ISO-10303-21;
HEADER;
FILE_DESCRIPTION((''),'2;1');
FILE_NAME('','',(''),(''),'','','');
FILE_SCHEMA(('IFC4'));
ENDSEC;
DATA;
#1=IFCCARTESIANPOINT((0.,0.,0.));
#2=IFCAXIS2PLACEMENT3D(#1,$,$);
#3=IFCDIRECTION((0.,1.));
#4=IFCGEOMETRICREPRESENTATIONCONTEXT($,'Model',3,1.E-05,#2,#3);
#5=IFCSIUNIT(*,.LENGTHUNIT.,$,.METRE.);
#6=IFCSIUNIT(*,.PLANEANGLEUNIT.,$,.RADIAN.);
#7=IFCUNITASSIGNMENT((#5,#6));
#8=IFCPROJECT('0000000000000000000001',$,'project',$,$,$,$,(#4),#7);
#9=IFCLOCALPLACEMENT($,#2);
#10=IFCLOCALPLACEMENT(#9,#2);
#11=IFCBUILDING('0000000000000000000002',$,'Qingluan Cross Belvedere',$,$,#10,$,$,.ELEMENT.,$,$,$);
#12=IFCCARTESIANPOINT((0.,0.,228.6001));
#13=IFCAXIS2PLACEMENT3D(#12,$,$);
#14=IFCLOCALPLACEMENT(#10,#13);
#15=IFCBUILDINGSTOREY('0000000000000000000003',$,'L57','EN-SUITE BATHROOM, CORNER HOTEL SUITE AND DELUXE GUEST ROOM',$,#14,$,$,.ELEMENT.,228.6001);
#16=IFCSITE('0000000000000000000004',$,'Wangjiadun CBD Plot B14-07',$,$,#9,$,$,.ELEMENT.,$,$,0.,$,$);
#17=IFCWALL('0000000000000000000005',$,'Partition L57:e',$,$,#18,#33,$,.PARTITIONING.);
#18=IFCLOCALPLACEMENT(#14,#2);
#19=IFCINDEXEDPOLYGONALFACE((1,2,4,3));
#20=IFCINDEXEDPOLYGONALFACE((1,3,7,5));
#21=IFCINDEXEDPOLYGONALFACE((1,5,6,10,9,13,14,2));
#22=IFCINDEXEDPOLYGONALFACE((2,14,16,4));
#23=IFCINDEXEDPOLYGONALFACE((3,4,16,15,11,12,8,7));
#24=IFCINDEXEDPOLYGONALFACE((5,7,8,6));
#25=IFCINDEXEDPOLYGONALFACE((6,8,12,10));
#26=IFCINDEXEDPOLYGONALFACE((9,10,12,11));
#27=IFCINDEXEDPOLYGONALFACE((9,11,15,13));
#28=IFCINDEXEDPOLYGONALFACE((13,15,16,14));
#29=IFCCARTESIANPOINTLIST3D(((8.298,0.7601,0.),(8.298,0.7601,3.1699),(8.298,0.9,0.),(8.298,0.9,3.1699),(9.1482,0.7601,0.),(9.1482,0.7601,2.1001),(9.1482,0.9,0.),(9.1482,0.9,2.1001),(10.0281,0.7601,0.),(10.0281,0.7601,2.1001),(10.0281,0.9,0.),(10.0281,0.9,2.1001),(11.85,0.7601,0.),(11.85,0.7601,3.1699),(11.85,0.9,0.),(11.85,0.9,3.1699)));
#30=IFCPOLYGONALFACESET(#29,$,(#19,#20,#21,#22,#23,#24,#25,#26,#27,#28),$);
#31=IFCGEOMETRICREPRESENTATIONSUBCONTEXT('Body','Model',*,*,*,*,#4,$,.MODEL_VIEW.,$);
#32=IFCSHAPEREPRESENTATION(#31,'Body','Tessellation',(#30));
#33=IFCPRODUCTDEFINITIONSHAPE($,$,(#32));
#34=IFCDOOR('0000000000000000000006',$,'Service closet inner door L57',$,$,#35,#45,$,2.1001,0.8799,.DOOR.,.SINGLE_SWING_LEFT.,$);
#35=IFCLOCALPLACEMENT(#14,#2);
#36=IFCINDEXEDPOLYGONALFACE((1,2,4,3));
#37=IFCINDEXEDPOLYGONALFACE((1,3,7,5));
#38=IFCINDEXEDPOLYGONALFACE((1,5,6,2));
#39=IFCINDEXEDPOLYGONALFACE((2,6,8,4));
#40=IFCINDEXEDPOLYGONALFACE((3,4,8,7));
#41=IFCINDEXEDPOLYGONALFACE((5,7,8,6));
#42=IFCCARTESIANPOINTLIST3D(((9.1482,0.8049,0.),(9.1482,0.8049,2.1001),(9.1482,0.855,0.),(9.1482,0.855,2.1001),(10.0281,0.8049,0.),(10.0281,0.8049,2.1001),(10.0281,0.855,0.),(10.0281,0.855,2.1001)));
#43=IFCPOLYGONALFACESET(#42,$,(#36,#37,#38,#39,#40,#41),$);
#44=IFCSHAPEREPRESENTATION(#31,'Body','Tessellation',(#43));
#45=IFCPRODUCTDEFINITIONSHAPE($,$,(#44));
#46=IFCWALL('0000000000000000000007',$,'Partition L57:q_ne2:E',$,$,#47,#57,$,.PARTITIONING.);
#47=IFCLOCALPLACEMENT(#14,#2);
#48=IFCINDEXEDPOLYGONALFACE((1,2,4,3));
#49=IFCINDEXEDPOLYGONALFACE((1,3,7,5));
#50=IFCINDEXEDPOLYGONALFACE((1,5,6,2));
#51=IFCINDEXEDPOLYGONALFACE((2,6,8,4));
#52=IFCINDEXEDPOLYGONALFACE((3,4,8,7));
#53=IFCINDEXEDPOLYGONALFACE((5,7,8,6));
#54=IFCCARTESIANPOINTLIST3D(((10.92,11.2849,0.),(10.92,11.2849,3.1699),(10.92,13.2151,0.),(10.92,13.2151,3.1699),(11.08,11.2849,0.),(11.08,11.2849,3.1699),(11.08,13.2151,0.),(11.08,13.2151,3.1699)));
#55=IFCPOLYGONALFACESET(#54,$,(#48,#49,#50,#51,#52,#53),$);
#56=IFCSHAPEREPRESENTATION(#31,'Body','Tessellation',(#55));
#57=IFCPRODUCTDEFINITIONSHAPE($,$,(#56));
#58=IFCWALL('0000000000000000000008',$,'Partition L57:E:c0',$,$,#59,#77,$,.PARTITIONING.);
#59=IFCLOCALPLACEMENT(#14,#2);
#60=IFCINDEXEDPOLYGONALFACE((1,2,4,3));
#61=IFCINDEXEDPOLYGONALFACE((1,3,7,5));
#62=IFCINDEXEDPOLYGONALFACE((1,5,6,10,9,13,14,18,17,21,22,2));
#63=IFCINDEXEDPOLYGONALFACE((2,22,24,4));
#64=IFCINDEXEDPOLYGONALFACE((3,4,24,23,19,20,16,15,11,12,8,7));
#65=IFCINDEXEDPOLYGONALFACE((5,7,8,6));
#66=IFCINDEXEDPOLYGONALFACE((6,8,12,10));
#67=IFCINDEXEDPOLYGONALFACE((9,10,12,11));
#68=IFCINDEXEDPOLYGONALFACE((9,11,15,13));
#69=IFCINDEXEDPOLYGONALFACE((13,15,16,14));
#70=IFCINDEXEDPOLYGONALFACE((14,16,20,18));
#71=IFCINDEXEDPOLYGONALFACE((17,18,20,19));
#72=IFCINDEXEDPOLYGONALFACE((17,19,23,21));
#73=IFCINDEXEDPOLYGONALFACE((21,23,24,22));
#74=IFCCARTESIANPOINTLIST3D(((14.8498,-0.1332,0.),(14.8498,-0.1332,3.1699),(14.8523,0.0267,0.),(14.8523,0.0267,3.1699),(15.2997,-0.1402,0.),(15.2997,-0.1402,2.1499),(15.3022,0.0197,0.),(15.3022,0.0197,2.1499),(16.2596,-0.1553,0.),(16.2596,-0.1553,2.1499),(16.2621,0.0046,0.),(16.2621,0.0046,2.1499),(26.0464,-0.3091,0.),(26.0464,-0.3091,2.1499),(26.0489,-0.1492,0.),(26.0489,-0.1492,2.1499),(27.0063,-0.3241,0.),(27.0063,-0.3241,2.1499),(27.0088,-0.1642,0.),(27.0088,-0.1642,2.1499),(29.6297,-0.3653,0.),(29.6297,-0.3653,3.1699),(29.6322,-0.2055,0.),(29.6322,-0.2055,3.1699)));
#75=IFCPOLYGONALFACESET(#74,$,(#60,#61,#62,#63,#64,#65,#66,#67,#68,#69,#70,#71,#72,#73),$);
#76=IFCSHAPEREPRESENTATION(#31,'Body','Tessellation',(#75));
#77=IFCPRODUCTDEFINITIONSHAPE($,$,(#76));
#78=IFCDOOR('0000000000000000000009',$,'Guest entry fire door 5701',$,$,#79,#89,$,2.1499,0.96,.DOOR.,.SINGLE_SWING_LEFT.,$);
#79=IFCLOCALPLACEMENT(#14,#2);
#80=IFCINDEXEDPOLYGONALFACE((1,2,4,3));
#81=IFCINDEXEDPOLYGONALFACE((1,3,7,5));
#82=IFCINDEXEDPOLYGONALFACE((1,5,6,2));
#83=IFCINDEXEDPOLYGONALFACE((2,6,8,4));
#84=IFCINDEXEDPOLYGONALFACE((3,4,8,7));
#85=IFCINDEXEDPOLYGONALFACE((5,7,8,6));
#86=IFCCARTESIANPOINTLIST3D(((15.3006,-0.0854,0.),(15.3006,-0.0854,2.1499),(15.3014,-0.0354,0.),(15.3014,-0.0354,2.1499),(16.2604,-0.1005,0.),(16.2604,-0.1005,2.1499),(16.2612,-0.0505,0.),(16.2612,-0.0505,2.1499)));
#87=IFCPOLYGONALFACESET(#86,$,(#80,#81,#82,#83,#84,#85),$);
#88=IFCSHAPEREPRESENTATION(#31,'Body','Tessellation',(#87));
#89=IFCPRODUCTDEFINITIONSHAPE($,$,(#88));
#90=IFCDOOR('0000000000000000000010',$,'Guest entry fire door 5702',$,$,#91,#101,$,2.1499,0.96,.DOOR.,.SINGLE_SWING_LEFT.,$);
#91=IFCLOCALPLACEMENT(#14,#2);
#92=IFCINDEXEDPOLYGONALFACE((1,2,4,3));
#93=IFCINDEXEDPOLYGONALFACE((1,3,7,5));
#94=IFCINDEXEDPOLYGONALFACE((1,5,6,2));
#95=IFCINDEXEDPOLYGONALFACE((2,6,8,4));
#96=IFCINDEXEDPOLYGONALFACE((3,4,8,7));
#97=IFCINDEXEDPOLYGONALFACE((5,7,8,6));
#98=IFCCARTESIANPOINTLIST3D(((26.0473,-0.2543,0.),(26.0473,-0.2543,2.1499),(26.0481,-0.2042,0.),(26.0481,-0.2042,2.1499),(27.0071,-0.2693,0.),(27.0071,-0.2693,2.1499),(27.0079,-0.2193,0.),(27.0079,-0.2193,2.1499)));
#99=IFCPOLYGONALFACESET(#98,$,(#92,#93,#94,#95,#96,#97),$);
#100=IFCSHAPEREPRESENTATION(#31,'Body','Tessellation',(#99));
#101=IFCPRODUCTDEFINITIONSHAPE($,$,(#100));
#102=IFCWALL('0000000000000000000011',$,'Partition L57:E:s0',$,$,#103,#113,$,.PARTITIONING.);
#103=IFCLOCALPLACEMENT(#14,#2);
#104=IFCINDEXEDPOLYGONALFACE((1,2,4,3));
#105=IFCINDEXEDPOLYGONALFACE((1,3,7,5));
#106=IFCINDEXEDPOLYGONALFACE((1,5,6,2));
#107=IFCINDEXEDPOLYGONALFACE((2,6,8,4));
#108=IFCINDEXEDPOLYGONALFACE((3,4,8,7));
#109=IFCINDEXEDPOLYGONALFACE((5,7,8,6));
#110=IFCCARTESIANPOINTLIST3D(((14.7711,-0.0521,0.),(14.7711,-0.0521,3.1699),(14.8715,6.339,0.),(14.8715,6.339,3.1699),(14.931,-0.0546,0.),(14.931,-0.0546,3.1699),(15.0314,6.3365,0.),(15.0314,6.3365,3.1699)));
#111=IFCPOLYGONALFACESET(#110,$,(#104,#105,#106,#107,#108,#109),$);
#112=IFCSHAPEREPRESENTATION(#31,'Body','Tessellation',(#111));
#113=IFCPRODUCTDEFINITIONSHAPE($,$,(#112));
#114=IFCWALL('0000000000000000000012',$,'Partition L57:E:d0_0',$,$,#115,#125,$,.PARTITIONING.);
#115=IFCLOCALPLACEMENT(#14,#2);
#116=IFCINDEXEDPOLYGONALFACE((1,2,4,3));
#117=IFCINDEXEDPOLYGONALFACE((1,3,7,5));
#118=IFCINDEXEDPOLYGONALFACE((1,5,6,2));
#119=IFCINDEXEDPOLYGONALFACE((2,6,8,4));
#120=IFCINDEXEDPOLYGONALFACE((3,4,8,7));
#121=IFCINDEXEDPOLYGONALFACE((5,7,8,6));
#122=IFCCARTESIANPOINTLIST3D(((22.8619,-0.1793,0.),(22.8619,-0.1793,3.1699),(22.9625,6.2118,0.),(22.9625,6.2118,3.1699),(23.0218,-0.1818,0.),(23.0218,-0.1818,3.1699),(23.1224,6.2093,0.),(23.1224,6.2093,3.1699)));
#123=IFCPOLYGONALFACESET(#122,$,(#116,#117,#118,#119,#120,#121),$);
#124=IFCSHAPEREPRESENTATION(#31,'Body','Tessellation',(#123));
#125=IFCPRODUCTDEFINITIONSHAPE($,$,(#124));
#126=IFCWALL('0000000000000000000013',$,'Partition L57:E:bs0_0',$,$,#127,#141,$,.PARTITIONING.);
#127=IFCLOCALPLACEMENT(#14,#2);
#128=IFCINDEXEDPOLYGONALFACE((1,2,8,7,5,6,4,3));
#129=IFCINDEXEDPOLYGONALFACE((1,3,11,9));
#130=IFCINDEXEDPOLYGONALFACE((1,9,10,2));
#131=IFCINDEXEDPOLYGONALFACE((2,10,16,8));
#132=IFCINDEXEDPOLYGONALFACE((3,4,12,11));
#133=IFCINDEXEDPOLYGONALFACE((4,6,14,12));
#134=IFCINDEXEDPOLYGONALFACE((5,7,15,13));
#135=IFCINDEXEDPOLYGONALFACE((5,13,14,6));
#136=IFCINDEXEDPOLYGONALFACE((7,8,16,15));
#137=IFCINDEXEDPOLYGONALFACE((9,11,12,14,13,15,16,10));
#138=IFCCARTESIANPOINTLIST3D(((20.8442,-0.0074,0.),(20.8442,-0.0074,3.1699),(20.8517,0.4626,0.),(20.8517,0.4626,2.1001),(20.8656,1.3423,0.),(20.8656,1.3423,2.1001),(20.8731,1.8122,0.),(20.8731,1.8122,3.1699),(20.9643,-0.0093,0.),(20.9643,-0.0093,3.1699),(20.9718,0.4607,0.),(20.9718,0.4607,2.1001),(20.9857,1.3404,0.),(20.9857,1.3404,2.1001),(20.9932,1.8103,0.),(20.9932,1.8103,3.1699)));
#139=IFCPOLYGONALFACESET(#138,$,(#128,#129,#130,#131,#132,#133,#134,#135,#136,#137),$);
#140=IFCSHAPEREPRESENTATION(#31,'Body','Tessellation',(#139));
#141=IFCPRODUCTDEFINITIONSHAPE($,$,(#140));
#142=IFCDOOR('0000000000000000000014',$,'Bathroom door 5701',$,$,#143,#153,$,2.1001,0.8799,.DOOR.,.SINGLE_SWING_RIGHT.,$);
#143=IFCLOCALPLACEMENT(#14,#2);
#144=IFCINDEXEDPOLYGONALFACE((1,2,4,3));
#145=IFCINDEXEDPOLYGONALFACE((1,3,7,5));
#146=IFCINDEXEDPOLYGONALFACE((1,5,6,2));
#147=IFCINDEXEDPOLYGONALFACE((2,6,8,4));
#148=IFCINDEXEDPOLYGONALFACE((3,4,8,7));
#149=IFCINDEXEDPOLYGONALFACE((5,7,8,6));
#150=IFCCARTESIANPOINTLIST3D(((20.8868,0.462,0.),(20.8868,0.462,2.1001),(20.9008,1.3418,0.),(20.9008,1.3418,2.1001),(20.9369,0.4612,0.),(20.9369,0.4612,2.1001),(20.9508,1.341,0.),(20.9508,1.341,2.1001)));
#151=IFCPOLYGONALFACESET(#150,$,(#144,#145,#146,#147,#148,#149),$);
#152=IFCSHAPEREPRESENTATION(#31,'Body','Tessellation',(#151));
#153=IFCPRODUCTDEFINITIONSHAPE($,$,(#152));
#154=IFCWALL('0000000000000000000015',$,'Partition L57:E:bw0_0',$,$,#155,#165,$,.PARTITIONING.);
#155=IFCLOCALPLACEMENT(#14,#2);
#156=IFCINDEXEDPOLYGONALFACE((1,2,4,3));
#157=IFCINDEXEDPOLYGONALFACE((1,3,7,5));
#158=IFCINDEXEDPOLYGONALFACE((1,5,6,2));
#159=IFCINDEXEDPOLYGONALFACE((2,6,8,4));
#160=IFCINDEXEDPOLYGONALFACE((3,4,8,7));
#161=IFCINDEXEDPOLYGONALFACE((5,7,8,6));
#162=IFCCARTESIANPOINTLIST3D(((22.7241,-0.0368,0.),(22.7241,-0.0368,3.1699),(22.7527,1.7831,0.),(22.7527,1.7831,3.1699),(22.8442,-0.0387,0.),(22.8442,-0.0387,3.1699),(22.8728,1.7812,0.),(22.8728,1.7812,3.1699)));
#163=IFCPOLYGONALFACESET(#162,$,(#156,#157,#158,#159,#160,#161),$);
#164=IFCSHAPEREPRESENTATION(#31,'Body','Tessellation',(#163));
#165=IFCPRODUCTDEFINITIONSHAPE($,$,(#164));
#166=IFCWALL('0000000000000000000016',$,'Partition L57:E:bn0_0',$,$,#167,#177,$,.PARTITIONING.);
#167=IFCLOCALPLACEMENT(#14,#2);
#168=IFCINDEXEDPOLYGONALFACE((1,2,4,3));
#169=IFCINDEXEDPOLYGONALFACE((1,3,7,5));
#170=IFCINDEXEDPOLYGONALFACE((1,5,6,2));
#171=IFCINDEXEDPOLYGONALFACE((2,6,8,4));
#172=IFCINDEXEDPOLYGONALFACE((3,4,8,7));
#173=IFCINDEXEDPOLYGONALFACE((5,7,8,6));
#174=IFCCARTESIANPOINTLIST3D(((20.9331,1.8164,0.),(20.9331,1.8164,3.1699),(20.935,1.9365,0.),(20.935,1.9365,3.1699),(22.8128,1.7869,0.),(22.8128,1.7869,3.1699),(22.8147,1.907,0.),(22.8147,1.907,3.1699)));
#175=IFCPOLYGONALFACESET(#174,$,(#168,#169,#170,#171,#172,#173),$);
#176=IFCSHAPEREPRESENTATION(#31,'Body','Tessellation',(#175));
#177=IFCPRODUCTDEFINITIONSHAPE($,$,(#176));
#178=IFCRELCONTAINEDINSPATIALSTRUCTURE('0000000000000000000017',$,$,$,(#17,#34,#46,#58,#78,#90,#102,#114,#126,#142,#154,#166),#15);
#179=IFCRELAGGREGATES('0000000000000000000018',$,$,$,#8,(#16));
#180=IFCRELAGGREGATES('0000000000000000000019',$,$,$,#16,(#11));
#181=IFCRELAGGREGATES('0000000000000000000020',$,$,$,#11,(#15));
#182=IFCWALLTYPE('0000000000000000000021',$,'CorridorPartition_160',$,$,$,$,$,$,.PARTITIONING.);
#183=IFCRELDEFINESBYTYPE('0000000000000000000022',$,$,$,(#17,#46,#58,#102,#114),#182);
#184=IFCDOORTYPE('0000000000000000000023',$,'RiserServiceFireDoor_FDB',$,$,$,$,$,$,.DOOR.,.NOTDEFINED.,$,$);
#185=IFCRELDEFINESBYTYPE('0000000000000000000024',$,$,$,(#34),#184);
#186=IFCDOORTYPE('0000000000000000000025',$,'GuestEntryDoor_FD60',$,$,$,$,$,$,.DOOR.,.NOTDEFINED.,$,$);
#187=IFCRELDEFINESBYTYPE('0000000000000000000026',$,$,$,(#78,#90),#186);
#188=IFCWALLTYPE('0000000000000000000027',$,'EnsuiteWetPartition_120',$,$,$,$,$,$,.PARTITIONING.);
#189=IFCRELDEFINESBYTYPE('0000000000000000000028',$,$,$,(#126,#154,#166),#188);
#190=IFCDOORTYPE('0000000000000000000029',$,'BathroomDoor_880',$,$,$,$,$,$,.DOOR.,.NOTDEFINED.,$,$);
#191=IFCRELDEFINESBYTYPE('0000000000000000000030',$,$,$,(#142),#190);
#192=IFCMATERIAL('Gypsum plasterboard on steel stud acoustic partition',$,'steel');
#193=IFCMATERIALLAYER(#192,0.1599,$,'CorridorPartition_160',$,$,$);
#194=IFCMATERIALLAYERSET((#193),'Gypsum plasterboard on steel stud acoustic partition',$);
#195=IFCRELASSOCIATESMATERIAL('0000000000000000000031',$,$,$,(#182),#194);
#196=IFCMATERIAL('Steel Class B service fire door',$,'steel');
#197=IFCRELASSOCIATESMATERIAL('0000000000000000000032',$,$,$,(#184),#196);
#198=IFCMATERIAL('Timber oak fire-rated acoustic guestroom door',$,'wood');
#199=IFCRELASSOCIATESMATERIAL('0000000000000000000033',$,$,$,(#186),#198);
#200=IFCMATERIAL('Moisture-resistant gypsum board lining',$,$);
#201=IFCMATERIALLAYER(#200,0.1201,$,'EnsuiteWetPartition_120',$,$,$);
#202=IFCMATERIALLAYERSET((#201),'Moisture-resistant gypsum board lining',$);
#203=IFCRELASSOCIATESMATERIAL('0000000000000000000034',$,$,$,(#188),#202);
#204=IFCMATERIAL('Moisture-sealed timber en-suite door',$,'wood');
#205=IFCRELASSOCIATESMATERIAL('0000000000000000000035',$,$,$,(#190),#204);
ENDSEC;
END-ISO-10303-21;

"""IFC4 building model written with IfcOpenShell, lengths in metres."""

from ifc_helpers import new_model, si_unit, direction, frame, frame_2d, origin, place, context, subcontext, project, spatial, rectangle, extrude, material, layer, layer_set, type_object, element, fill, save


model = new_model("IFC4")

# Units and contexts
model_context = context("Model", 3, precision=1e-05, world=origin(), true_north=direction((0.0, 1.0)))
body_context = subcontext(model_context, "Body", "Model", "MODEL_VIEW")
ifc_project = project(units=[si_unit("LENGTHUNIT", "METRE"), si_unit("PLANEANGLEUNIT", "RADIAN")], contexts=[model_context])

# Site, building, storey
site_placement = place(None, origin())
site = spatial("IfcSite", under=ifc_project, at=site_placement, Name="Wangjiadun CBD Plot B14-07", CompositionType="ELEMENT", RefElevation=0.0)
building_placement = place(site_placement, origin())
building = spatial("IfcBuilding", under=site, at=building_placement, Name="Qingluan Cross Belvedere", CompositionType="ELEMENT")
storey_placement = place(building_placement, frame((0.0, 0.0, 228.6001)))
storey = spatial("IfcBuildingStorey", under=building, at=storey_placement, Name="L57", Description="EN-SUITE BATHROOM, CORNER HOTEL SUITE AND DELUXE GUEST ROOM", CompositionType="ELEMENT", Elevation=228.6001)

# Wall, opening, door
ifc_material_1 = material(Name="Gypsum plasterboard on steel stud acoustic partition", Category="steel")
ifc_layer_1 = layer(ifc_material_1, 0.1599, Name="CorridorPartition_160")
ifc_layer_set_1 = layer_set([ifc_layer_1], Name="Gypsum plasterboard on steel stud acoustic partition")
wall_type_1 = type_object("IfcWallType", Name="CorridorPartition_160", PredefinedType="PARTITIONING", material=ifc_layer_set_1)
wall_1_placement = place(storey_placement, frame((8.2981, 0.8301, 0.0), z_axis=(0.0, 0.0, 1.0), x_axis=(1.0, 0.0, 0.0)))
wall_1 = element("IfcWall", 1, at=wall_1_placement, inside=storey, type_object=wall_type_1, Name="Partition L57:e", PredefinedType="PARTITIONING", context=body_context, shape_type="SweptSolid", body=[
    extrude(rectangle(XDim=3.552, YDim=0.1399, at=frame_2d((1.7759, 0.0))), origin(), (0.0, 0.0, 1.0), 3.1699),
])
opening_1_placement = place(wall_1_placement, frame((0.8501, 0.0, 0.0)))
opening_1 = element("IfcOpeningElement", 2, at=opening_1_placement, cuts=wall_1, PredefinedType="OPENING", context=body_context, shape_type="SweptSolid", body=[
    extrude(rectangle(XDim=0.8799, YDim=2.1001, at=frame_2d((0.4399, 1.05))), frame((0.0, 0.0798, 0.0), z_axis=(0.0, -1.0, 0.0), x_axis=(1.0, 0.0, 0.0)), (0.0, 0.0, 1.0), 0.1599),
])
ifc_material_2 = material(Name="Steel Class B service fire door", Category="steel")
door_type_1 = type_object("IfcDoorType", Name="RiserServiceFireDoor_FDB", OperationType="NOTDEFINED", PredefinedType="DOOR", material=ifc_material_2)
door_1_placement = place(opening_1_placement, origin())
door_1 = element("IfcDoor", 3, at=door_1_placement, inside=storey, type_object=door_type_1, Name="Service closet inner door L57", OperationType="SINGLE_SWING_LEFT", OverallHeight=2.1001, OverallWidth=0.8799, PredefinedType="DOOR", context=body_context, shape_type="SweptSolid", body=[
    extrude(rectangle(XDim=0.8799, YDim=2.1001, at=frame_2d((0.4399, 1.05))), frame((0.0, 0.0249, 0.0), z_axis=(0.0, -1.0, 0.0), x_axis=(1.0, 0.0, 0.0)), (0.0, 0.0, 1.0), 0.05),
])
fill(opening_1, door_1)

# Wall
wall_2_placement = place(storey_placement, frame((11.0, 11.2849, 0.0), z_axis=(0.0, 0.0, 1.0), x_axis=(0.0, 1.0, 0.0)))
element("IfcWall", 4, at=wall_2_placement, inside=storey, type_object=wall_type_1, Name="Partition L57:q_ne2:E", PredefinedType="PARTITIONING", context=body_context, shape_type="SweptSolid", body=[
    extrude(rectangle(XDim=1.9302, YDim=0.1599, at=frame_2d((0.9651, 0.0))), origin(), (0.0, 0.0, 1.0), 3.1699),
])

# Wall, openings, doors
wall_3_placement = place(storey_placement, frame((14.8511, -0.0532, 0.0), z_axis=(0.0, 0.0, 1.0), x_axis=(0.999877, -0.015707, 0.0)))
wall_3 = element("IfcWall", 5, at=wall_3_placement, inside=storey, type_object=wall_type_1, Name="Partition L57:E:c0", PredefinedType="PARTITIONING", context=body_context, shape_type="SweptSolid", body=[
    extrude(rectangle(XDim=14.7817, YDim=0.1599, at=frame_2d((7.3909, 0.0))), origin(), (0.0, 0.0, 1.0), 3.1699),
])
opening_2_placement = place(wall_3_placement, frame((0.45, 0.0, 0.0)))
opening_2 = element("IfcOpeningElement", 6, at=opening_2_placement, cuts=wall_3, PredefinedType="OPENING", context=body_context, shape_type="SweptSolid", body=[
    extrude(rectangle(XDim=0.96, YDim=2.1499, at=frame_2d((0.48, 1.075))), frame((0.0, 0.0898, 0.0), z_axis=(0.0, -1.0, 0.0), x_axis=(1.0, 0.0, 0.0)), (0.0, 0.0, 1.0), 0.1799),
])
opening_3_placement = place(wall_3_placement, frame((11.198, 0.0, 0.0)))
opening_3 = element("IfcOpeningElement", 7, at=opening_3_placement, cuts=wall_3, PredefinedType="OPENING", context=body_context, shape_type="SweptSolid", body=[
    extrude(rectangle(XDim=0.96, YDim=2.1499, at=frame_2d((0.48, 1.075))), frame((0.0, 0.0898, 0.0), z_axis=(0.0, -1.0, 0.0), x_axis=(1.0, 0.0, 0.0)), (0.0, 0.0, 1.0), 0.1799),
])
ifc_material_3 = material(Name="Timber oak fire-rated acoustic guestroom door", Category="wood")
door_type_2 = type_object("IfcDoorType", Name="GuestEntryDoor_FD60", OperationType="NOTDEFINED", PredefinedType="DOOR", material=ifc_material_3)
door_2_placement = place(opening_2_placement, origin())
door_2 = element("IfcDoor", 8, at=door_2_placement, inside=storey, type_object=door_type_2, Name="Guest entry fire door 5701", OperationType="SINGLE_SWING_LEFT", OverallHeight=2.1499, OverallWidth=0.96, PredefinedType="DOOR", context=body_context, shape_type="SweptSolid", body=[
    extrude(rectangle(XDim=0.96, YDim=2.1499, at=frame_2d((0.48, 1.075))), frame((0.0, 0.0249, 0.0), z_axis=(0.0, -1.0, 0.0), x_axis=(1.0, 0.0, 0.0)), (0.0, 0.0, 1.0), 0.05),
])
fill(opening_2, door_2)
door_3_placement = place(opening_3_placement, origin())
door_3 = element("IfcDoor", 9, at=door_3_placement, inside=storey, type_object=door_type_2, Name="Guest entry fire door 5702", OperationType="SINGLE_SWING_LEFT", OverallHeight=2.1499, OverallWidth=0.96, PredefinedType="DOOR", context=body_context, shape_type="SweptSolid", body=[
    extrude(rectangle(XDim=0.96, YDim=2.1499, at=frame_2d((0.48, 1.075))), frame((0.0, 0.0249, 0.0), z_axis=(0.0, -1.0, 0.0), x_axis=(1.0, 0.0, 0.0)), (0.0, 0.0, 1.0), 0.05),
])
fill(opening_3, door_3)

# Walls
for number, where, z_axis, x_axis, name in (
    (10, (14.8511, -0.0532, 0.0), (0.0, 0.0, 1.0), (0.015698, 0.999877, 0.0), "Partition L57:E:s0"),
    (11, (22.9419, -0.1804, 0.0), (0.0, 0.0, 1.0), (0.015736, 0.999876, 0.0), "Partition L57:E:d0_0"),
):
    element("IfcWall", number, at=place(storey_placement, frame(where, z_axis=z_axis, x_axis=x_axis)), inside=storey, type_object=wall_type_1, Name=name, PredefinedType="PARTITIONING", context=body_context, shape_type="SweptSolid", body=[
        extrude(rectangle(XDim=6.3918, YDim=0.1599, at=frame_2d((3.1958, 0.0))), origin(), (0.0, 0.0, 1.0), 3.1699),
    ])

# Wall, opening, door
ifc_material_4 = material(Name="Moisture-resistant gypsum board lining")
ifc_layer_2 = layer(ifc_material_4, 0.1201, Name="EnsuiteWetPartition_120")
ifc_layer_set_2 = layer_set([ifc_layer_2], Name="Moisture-resistant gypsum board lining")
wall_type_2 = type_object("IfcWallType", Name="EnsuiteWetPartition_120", PredefinedType="PARTITIONING", material=ifc_layer_set_2)
wall_4_placement = place(storey_placement, frame((20.9043, -0.0083, 0.0), z_axis=(0.0, 0.0, 1.0), x_axis=(0.015831, 0.999875, 0.0)))
wall_4 = element("IfcWall", 12, at=wall_4_placement, inside=storey, type_object=wall_type_2, Name="Partition L57:E:bs0_0", PredefinedType="PARTITIONING", context=body_context, shape_type="SweptSolid", body=[
    extrude(rectangle(XDim=1.8198, YDim=0.1201, at=frame_2d((0.9099, 0.0))), origin(), (0.0, 0.0, 1.0), 3.1699),
])
opening_4_placement = place(wall_4_placement, frame((0.47, 0.0, 0.0)))
opening_4 = element("IfcOpeningElement", 13, at=opening_4_placement, cuts=wall_4, PredefinedType="OPENING", context=body_context, shape_type="SweptSolid", body=[
    extrude(rectangle(XDim=0.8799, YDim=2.1001, at=frame_2d((0.4399, 1.05))), frame((0.0, 0.0701, 0.0), z_axis=(0.0, -1.0, 0.0), x_axis=(1.0, 0.0, 0.0)), (0.0, 0.0, 1.0), 0.1401),
])
ifc_material_5 = material(Name="Moisture-sealed timber en-suite door", Category="wood")
door_type_3 = type_object("IfcDoorType", Name="BathroomDoor_880", OperationType="NOTDEFINED", PredefinedType="DOOR", material=ifc_material_5)
door_4_placement = place(opening_4_placement, origin())
door_4 = element("IfcDoor", 14, at=door_4_placement, inside=storey, type_object=door_type_3, Name="Bathroom door 5701", OperationType="SINGLE_SWING_RIGHT", OverallHeight=2.1001, OverallWidth=0.8799, PredefinedType="DOOR", context=body_context, shape_type="SweptSolid", body=[
    extrude(rectangle(XDim=0.8799, YDim=2.1001, at=frame_2d((0.4399, 1.05))), frame((0.0, 0.0249, 0.0), z_axis=(0.0, -1.0, 0.0), x_axis=(1.0, 0.0, 0.0)), (0.0, 0.0, 1.0), 0.05),
])
fill(opening_4, door_4)

# Walls
wall_5_placement = place(storey_placement, frame((22.7842, -0.0378, 0.0), z_axis=(0.0, 0.0, 1.0), x_axis=(0.015694, 0.999877, 0.0)))
element("IfcWall", 15, at=wall_5_placement, inside=storey, type_object=wall_type_2, Name="Partition L57:E:bw0_0", PredefinedType="PARTITIONING", context=body_context, shape_type="SweptSolid", body=[
    extrude(rectangle(XDim=1.8201, YDim=0.1201, at=frame_2d((0.9102, 0.0))), origin(), (0.0, 0.0, 1.0), 3.1699),
])
wall_6_placement = place(storey_placement, frame((20.9341, 1.8765, 0.0), z_axis=(0.0, 0.0, 1.0), x_axis=(0.999877, -0.015714, 0.0)))
element("IfcWall", 16, at=wall_6_placement, inside=storey, type_object=wall_type_2, Name="Partition L57:E:bn0_0", PredefinedType="PARTITIONING", context=body_context, shape_type="SweptSolid", body=[
    extrude(rectangle(XDim=1.8799, YDim=0.1201, at=frame_2d((0.9399, 0.0))), origin(), (0.0, 0.0, 1.0), 3.1699),
])

save(model, "model.ifc")
